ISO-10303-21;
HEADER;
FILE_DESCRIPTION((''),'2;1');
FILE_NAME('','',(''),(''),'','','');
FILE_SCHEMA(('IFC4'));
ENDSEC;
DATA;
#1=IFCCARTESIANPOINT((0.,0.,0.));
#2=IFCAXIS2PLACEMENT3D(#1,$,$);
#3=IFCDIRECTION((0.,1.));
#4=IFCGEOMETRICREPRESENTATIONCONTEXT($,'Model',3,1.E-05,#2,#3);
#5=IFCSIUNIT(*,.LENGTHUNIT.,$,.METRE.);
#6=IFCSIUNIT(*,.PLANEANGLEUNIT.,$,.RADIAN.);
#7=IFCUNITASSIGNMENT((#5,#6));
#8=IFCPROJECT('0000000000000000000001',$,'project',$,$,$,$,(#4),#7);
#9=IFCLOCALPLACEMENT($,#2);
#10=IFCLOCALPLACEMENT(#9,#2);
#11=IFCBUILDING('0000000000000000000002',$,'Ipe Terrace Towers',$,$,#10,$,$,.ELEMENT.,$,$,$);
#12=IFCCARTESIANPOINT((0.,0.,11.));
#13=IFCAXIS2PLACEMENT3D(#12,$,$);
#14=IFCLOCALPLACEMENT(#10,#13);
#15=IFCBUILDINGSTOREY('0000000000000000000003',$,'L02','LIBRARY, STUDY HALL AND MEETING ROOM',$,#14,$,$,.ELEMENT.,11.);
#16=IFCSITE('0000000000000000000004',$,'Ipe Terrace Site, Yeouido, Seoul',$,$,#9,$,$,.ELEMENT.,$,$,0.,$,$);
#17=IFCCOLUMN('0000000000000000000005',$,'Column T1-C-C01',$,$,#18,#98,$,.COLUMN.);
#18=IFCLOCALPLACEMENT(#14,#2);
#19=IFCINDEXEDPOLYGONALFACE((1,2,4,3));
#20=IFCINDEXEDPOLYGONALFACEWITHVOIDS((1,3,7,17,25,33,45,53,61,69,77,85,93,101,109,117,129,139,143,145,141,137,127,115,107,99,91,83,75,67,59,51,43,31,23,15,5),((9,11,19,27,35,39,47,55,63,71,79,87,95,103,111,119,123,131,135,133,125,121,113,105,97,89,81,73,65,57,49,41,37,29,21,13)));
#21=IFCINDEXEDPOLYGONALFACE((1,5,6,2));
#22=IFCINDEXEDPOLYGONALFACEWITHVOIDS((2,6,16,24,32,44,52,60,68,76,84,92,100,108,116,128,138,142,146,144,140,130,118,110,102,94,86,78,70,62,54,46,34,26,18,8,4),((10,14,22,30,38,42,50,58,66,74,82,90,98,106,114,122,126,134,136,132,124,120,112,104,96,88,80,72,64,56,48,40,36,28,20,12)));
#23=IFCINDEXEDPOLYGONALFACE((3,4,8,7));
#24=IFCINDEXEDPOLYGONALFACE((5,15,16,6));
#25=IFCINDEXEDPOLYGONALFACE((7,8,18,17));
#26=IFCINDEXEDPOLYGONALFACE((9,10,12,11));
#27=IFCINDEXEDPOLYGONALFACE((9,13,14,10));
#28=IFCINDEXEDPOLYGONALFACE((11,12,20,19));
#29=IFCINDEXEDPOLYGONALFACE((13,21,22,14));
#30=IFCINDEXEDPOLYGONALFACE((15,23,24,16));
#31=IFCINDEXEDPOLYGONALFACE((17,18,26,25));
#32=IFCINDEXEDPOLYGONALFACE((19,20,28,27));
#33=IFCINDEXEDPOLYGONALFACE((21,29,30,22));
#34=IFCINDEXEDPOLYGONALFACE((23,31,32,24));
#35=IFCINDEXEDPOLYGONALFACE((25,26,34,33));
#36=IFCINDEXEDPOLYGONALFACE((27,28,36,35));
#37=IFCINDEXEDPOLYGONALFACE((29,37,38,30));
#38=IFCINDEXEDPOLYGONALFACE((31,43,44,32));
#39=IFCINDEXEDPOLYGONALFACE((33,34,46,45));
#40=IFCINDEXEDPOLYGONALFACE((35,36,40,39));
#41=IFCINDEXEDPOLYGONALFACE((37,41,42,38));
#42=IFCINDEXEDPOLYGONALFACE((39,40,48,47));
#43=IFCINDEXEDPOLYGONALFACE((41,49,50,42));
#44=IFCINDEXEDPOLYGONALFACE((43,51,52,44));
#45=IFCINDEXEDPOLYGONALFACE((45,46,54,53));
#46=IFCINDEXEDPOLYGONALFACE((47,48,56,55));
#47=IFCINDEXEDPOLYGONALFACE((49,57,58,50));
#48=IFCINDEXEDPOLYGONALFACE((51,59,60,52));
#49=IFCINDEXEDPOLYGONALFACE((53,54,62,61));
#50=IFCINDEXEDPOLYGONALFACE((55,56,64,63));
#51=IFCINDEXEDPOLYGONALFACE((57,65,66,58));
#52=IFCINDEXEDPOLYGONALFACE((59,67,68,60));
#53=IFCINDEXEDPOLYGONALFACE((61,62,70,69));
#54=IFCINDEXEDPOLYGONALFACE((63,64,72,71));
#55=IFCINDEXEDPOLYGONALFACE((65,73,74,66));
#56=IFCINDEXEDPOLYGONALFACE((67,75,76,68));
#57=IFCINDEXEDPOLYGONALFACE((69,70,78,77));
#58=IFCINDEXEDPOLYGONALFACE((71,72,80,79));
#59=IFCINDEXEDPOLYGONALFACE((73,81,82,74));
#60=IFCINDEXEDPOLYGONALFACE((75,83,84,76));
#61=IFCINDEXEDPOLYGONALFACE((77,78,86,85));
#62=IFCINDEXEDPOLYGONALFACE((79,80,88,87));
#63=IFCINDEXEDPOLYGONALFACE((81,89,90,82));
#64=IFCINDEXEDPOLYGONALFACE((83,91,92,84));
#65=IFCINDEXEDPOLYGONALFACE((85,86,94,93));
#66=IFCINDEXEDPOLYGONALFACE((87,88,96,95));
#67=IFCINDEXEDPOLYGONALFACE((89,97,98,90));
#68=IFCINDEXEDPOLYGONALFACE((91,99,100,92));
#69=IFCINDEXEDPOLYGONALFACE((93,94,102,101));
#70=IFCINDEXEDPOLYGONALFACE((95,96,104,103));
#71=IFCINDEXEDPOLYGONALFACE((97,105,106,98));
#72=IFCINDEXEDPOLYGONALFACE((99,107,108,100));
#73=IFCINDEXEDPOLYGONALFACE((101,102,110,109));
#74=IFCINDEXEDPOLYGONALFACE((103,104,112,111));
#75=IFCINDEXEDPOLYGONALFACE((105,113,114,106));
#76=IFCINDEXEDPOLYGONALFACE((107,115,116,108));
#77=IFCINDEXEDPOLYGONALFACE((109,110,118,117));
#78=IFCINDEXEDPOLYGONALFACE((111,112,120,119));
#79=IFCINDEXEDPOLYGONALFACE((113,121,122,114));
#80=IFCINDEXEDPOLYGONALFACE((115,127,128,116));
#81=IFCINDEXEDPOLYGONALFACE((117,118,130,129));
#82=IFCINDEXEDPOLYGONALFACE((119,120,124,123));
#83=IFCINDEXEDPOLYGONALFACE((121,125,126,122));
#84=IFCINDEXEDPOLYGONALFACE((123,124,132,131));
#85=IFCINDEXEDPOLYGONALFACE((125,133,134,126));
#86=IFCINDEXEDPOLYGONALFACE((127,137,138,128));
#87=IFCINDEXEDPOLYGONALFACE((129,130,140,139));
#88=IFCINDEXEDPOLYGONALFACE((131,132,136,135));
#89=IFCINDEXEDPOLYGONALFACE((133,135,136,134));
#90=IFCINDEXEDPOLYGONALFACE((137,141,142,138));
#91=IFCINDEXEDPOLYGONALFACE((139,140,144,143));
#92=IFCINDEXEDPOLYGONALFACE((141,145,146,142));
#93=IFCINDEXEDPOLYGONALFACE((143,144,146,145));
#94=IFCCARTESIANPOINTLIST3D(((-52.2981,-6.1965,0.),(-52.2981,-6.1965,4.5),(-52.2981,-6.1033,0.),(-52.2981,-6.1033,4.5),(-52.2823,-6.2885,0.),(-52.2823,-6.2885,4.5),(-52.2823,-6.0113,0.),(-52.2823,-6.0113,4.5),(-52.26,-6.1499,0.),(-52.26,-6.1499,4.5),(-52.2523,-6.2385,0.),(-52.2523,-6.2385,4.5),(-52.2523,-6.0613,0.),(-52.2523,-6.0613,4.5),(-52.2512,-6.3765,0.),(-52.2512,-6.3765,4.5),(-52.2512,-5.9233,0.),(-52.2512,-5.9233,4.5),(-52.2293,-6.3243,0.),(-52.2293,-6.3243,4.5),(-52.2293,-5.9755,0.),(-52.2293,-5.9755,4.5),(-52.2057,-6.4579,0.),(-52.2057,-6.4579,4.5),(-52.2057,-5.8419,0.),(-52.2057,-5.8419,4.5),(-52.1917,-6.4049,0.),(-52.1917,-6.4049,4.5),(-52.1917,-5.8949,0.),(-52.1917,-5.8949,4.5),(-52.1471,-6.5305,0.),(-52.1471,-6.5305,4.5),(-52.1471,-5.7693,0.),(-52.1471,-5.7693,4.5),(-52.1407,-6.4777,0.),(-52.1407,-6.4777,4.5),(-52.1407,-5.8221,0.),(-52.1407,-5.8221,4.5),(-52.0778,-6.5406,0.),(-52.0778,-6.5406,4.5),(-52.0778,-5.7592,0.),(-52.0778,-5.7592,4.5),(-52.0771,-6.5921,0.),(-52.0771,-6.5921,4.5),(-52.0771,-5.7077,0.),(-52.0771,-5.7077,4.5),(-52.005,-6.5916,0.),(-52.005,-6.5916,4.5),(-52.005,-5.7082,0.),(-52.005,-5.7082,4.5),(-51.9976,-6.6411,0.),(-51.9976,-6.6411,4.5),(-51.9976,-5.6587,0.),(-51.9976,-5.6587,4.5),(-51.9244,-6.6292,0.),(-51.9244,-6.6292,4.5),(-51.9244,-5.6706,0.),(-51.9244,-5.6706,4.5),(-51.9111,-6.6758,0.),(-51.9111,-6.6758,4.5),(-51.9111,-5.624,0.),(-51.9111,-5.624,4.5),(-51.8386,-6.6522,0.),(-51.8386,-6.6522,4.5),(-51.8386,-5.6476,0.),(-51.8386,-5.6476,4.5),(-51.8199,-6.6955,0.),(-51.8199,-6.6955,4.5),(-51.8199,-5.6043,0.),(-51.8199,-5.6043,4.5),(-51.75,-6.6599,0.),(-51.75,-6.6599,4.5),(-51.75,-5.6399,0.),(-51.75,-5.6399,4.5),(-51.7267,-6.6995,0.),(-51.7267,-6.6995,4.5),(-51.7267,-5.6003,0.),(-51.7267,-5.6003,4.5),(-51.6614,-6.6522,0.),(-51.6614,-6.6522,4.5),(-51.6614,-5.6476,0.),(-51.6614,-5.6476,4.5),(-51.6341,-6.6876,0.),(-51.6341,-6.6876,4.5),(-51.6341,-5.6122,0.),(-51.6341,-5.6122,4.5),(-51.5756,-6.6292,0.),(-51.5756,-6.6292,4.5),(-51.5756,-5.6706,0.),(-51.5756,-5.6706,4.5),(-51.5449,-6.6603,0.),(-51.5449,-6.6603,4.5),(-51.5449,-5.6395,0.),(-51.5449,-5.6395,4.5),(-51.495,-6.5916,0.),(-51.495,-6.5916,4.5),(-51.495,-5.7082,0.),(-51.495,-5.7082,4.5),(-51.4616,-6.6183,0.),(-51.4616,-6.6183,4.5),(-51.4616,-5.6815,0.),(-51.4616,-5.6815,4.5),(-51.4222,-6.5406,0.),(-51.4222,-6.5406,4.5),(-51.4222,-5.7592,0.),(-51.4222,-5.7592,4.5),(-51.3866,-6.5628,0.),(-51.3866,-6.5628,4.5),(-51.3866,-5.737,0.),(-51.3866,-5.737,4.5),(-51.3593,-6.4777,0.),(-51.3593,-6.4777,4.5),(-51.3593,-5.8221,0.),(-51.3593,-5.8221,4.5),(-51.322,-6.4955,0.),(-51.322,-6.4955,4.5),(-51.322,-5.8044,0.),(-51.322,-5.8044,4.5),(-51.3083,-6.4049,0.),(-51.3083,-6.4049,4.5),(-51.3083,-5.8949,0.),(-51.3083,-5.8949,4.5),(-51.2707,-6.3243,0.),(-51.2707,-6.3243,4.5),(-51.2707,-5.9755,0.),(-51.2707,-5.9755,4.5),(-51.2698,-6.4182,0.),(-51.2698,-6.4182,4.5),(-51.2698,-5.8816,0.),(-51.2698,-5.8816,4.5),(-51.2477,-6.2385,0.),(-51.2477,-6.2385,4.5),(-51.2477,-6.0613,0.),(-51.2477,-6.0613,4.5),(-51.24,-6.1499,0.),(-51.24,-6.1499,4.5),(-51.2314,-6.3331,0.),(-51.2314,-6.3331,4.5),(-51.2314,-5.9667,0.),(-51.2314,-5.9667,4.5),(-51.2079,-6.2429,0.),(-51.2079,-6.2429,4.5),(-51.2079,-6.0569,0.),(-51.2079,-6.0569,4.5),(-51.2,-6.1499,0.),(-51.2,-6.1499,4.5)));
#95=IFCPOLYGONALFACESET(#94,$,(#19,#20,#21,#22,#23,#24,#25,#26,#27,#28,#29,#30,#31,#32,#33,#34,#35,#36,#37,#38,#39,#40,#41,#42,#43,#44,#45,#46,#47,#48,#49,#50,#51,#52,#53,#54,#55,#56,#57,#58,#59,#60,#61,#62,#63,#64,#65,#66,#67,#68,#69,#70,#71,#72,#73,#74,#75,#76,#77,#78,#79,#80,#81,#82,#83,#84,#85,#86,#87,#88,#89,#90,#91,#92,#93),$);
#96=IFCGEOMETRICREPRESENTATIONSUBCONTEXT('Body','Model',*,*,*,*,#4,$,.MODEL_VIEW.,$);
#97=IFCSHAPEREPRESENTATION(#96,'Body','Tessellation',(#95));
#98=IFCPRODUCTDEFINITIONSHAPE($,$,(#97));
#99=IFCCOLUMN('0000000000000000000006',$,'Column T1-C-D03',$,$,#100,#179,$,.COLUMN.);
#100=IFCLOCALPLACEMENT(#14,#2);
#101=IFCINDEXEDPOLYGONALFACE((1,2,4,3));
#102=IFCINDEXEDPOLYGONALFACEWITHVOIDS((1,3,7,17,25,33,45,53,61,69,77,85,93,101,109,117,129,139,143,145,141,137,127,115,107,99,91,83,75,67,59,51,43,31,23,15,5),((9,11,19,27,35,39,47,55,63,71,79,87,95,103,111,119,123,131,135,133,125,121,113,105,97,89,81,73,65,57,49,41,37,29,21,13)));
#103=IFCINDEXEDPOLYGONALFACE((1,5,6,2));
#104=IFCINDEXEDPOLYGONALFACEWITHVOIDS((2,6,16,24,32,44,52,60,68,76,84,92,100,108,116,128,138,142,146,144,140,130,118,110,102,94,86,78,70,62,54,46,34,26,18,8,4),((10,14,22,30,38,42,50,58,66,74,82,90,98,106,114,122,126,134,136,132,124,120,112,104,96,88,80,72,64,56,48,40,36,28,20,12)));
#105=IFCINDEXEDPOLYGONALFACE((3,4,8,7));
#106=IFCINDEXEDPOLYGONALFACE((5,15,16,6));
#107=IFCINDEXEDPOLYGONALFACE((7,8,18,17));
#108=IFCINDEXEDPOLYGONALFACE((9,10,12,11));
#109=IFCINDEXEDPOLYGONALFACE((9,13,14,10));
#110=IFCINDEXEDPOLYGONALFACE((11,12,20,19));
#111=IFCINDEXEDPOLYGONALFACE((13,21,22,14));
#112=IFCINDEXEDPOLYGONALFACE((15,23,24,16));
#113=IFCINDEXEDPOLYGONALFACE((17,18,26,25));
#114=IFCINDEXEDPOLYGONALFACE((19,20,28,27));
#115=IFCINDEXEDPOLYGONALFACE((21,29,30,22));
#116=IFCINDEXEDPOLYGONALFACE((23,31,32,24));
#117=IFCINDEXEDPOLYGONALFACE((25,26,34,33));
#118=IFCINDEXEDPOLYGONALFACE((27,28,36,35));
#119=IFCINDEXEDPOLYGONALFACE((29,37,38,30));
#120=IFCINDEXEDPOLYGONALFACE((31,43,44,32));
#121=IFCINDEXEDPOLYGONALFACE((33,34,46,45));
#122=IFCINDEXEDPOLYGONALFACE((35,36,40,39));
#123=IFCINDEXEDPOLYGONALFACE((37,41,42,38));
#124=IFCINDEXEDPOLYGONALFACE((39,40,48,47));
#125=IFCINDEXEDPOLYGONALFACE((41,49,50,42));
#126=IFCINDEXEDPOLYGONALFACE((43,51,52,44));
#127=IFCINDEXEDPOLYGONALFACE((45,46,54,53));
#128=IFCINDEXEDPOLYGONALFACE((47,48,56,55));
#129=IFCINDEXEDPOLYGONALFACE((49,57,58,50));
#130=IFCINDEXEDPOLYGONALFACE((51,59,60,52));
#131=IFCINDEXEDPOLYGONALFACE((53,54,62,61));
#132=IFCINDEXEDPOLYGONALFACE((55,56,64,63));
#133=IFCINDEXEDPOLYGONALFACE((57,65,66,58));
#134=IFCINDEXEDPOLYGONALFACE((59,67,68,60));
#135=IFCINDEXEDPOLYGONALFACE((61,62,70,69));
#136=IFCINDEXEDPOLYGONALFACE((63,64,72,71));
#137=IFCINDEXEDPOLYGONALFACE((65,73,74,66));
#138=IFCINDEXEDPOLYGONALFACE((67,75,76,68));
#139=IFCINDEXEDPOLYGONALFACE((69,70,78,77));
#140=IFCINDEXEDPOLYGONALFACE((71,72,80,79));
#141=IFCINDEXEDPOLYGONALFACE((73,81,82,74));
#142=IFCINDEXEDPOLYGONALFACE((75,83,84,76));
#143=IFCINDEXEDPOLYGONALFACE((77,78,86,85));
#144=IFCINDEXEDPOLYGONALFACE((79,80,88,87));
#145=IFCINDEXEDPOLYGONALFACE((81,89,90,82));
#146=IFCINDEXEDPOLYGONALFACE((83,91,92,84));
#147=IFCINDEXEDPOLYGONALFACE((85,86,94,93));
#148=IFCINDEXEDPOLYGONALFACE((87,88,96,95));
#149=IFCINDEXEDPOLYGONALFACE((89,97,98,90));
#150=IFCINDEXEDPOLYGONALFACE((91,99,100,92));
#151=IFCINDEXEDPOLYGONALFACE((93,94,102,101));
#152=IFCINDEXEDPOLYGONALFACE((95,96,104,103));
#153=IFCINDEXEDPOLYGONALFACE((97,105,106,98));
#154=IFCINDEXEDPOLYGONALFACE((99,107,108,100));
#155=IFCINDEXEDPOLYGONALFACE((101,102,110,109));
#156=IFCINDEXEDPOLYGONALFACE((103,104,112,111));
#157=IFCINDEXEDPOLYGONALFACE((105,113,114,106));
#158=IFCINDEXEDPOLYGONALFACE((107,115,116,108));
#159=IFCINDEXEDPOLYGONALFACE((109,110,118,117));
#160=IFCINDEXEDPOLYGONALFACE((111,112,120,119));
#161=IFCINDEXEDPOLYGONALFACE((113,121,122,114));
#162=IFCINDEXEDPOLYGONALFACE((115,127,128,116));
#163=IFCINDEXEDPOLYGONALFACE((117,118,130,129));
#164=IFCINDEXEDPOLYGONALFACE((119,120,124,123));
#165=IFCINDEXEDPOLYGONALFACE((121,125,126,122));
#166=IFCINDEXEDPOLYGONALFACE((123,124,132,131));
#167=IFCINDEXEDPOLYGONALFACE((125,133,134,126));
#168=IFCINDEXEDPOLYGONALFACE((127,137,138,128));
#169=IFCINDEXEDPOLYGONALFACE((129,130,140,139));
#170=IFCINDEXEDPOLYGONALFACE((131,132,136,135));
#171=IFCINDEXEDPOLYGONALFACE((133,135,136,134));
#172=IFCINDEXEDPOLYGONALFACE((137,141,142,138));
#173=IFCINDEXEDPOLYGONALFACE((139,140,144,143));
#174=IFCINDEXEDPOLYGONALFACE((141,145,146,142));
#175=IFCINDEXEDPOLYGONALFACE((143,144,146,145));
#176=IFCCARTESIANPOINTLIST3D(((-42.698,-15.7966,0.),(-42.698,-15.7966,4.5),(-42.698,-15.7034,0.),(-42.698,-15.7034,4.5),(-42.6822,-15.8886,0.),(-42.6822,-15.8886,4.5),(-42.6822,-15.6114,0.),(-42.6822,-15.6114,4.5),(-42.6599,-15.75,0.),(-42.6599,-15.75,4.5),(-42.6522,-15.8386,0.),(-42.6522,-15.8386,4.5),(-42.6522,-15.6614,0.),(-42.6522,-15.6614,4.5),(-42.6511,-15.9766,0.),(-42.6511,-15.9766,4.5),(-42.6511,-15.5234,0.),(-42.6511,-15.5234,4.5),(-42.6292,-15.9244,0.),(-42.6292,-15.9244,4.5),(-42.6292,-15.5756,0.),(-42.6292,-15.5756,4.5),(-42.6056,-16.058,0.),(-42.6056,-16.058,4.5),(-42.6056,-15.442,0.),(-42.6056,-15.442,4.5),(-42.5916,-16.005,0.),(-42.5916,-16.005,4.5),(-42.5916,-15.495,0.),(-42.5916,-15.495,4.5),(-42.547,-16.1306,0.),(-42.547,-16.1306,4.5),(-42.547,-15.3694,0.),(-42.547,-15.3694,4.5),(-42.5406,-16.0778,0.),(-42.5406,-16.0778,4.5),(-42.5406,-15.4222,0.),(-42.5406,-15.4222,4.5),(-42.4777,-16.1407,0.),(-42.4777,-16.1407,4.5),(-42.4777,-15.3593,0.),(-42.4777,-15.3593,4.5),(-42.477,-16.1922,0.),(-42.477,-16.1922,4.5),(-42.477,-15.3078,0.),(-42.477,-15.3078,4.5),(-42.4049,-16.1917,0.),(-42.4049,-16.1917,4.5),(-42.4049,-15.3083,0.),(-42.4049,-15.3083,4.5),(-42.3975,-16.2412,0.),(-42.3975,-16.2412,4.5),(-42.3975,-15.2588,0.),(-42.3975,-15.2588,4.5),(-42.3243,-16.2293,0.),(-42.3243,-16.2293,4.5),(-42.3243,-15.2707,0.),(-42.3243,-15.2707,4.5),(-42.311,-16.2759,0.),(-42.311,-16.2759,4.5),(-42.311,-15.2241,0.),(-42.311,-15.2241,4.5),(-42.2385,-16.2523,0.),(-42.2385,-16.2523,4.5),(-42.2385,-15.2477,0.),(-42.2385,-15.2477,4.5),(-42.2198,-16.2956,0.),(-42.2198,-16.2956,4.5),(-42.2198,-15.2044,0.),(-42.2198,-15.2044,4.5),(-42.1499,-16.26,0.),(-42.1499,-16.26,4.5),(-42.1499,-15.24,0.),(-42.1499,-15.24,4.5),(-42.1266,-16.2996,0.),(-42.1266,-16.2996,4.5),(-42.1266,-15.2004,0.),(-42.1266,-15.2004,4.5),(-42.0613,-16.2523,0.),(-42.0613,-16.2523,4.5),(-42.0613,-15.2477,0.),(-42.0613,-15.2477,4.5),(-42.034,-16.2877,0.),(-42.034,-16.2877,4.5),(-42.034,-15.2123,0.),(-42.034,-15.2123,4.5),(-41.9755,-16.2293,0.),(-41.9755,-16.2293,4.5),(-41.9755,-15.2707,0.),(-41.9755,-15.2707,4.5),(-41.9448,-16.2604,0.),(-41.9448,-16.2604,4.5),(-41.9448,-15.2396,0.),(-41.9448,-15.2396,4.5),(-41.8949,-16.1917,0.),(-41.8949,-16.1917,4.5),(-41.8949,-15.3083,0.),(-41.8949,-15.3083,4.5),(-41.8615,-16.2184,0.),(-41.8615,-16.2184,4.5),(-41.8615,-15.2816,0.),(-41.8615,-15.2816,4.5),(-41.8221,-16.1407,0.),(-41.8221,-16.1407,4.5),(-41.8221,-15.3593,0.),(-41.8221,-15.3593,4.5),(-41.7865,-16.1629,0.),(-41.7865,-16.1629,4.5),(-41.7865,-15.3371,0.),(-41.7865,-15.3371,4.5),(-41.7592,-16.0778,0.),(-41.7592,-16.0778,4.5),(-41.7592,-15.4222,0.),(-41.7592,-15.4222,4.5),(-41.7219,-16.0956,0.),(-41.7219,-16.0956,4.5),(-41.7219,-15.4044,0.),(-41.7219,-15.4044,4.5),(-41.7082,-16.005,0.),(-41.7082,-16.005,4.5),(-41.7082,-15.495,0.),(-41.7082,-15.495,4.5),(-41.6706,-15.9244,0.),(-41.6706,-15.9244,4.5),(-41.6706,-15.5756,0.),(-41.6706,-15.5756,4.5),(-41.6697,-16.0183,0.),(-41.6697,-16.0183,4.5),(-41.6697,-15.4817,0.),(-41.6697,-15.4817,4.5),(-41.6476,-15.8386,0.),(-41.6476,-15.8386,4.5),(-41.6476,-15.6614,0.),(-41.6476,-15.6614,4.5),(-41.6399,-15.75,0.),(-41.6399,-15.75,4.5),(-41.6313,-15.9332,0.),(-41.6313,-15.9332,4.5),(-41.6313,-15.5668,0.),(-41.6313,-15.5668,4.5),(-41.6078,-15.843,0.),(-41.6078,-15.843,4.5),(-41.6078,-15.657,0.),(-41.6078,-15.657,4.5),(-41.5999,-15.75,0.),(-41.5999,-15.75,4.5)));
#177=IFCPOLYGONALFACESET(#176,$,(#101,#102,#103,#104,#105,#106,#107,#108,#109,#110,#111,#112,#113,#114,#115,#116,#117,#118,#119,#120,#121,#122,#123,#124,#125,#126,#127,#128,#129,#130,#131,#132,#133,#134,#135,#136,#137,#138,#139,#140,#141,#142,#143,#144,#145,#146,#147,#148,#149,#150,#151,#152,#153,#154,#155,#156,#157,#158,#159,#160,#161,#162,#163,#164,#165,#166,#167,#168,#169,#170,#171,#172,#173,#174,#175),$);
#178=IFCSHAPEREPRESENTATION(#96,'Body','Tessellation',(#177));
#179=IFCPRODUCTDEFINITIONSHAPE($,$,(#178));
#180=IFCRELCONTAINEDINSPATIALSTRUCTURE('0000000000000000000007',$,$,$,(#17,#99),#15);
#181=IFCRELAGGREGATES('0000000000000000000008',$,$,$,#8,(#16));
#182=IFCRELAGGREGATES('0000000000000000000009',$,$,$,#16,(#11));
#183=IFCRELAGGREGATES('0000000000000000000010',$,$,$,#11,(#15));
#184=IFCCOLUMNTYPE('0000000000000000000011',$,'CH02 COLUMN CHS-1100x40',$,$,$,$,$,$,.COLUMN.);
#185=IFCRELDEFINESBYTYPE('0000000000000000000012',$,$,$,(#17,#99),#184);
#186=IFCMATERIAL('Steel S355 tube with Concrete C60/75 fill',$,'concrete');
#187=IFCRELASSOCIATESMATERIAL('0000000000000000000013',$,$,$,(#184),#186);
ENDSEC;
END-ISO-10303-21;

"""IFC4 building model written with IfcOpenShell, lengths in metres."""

from ifc_helpers import new_model, si_unit, direction, frame, origin, origin_2d, place, context, subcontext, project, spatial, hollow_circle, extrude, material, material_profile, profile_set, type_object, element, save


model = new_model("IFC4")

# Units and contexts
model_context = context("Model", 3, precision=1e-05, world=origin(), true_north=direction((0.0, 1.0)))
body_context = subcontext(model_context, "Body", "Model", "MODEL_VIEW")
ifc_project = project(units=[si_unit("LENGTHUNIT", "METRE"), si_unit("PLANEANGLEUNIT", "RADIAN")], contexts=[model_context])

# Site, building, storey
site_placement = place(None, origin())
site = spatial("IfcSite", under=ifc_project, at=site_placement, Name="Ipe Terrace Site, Yeouido, Seoul", CompositionType="ELEMENT", RefElevation=0.0)
building_placement = place(site_placement, origin())
building = spatial("IfcBuilding", under=site, at=building_placement, Name="Ipe Terrace Towers", CompositionType="ELEMENT")
storey_placement = place(building_placement, frame((0.0, 0.0, 11.0)))
storey = spatial("IfcBuildingStorey", under=building, at=storey_placement, Name="L02", Description="LIBRARY, STUDY HALL AND MEETING ROOM", CompositionType="ELEMENT", Elevation=11.0)

# Columns
ifc_material_1 = material(Name="Steel S355 tube with Concrete C60/75 fill", Category="concrete")
ifc_material_profile_1 = material_profile(ifc_material_1, hollow_circle(Radius=0.55, WallThickness=0.04, at=origin_2d()), Name="CHS-1100x40")
ifc_profile_set_1 = profile_set([ifc_material_profile_1], Name="Steel S355 tube with Concrete C60/75 fill")
column_type_1 = type_object("IfcColumnType", Name="CH02 COLUMN CHS-1100x40", PredefinedType="COLUMN", material=ifc_profile_set_1)
for number, where, z_axis, x_axis, name in (
    (1, (-51.75, -6.1499, 0.0), (0.0, 0.0, 1.0), (1.0, 0.0, 0.0), "Column T1-C-C01"),
    (2, (-42.1499, -15.75, 0.0), (0.0, 0.0, 1.0), (1.0, 0.0, 0.0), "Column T1-C-D03"),
):
    element("IfcColumn", number, at=place(storey_placement, frame(where, z_axis=z_axis, x_axis=x_axis)), inside=storey, type_object=column_type_1, Name=name, PredefinedType="COLUMN", context=body_context, shape_type="SweptSolid", body=[
        extrude(hollow_circle(Radius=0.55, WallThickness=0.04, at=origin_2d()), origin(), (0.0, 0.0, 1.0), 4.5),
    ])

save(model, "model.ifc")
